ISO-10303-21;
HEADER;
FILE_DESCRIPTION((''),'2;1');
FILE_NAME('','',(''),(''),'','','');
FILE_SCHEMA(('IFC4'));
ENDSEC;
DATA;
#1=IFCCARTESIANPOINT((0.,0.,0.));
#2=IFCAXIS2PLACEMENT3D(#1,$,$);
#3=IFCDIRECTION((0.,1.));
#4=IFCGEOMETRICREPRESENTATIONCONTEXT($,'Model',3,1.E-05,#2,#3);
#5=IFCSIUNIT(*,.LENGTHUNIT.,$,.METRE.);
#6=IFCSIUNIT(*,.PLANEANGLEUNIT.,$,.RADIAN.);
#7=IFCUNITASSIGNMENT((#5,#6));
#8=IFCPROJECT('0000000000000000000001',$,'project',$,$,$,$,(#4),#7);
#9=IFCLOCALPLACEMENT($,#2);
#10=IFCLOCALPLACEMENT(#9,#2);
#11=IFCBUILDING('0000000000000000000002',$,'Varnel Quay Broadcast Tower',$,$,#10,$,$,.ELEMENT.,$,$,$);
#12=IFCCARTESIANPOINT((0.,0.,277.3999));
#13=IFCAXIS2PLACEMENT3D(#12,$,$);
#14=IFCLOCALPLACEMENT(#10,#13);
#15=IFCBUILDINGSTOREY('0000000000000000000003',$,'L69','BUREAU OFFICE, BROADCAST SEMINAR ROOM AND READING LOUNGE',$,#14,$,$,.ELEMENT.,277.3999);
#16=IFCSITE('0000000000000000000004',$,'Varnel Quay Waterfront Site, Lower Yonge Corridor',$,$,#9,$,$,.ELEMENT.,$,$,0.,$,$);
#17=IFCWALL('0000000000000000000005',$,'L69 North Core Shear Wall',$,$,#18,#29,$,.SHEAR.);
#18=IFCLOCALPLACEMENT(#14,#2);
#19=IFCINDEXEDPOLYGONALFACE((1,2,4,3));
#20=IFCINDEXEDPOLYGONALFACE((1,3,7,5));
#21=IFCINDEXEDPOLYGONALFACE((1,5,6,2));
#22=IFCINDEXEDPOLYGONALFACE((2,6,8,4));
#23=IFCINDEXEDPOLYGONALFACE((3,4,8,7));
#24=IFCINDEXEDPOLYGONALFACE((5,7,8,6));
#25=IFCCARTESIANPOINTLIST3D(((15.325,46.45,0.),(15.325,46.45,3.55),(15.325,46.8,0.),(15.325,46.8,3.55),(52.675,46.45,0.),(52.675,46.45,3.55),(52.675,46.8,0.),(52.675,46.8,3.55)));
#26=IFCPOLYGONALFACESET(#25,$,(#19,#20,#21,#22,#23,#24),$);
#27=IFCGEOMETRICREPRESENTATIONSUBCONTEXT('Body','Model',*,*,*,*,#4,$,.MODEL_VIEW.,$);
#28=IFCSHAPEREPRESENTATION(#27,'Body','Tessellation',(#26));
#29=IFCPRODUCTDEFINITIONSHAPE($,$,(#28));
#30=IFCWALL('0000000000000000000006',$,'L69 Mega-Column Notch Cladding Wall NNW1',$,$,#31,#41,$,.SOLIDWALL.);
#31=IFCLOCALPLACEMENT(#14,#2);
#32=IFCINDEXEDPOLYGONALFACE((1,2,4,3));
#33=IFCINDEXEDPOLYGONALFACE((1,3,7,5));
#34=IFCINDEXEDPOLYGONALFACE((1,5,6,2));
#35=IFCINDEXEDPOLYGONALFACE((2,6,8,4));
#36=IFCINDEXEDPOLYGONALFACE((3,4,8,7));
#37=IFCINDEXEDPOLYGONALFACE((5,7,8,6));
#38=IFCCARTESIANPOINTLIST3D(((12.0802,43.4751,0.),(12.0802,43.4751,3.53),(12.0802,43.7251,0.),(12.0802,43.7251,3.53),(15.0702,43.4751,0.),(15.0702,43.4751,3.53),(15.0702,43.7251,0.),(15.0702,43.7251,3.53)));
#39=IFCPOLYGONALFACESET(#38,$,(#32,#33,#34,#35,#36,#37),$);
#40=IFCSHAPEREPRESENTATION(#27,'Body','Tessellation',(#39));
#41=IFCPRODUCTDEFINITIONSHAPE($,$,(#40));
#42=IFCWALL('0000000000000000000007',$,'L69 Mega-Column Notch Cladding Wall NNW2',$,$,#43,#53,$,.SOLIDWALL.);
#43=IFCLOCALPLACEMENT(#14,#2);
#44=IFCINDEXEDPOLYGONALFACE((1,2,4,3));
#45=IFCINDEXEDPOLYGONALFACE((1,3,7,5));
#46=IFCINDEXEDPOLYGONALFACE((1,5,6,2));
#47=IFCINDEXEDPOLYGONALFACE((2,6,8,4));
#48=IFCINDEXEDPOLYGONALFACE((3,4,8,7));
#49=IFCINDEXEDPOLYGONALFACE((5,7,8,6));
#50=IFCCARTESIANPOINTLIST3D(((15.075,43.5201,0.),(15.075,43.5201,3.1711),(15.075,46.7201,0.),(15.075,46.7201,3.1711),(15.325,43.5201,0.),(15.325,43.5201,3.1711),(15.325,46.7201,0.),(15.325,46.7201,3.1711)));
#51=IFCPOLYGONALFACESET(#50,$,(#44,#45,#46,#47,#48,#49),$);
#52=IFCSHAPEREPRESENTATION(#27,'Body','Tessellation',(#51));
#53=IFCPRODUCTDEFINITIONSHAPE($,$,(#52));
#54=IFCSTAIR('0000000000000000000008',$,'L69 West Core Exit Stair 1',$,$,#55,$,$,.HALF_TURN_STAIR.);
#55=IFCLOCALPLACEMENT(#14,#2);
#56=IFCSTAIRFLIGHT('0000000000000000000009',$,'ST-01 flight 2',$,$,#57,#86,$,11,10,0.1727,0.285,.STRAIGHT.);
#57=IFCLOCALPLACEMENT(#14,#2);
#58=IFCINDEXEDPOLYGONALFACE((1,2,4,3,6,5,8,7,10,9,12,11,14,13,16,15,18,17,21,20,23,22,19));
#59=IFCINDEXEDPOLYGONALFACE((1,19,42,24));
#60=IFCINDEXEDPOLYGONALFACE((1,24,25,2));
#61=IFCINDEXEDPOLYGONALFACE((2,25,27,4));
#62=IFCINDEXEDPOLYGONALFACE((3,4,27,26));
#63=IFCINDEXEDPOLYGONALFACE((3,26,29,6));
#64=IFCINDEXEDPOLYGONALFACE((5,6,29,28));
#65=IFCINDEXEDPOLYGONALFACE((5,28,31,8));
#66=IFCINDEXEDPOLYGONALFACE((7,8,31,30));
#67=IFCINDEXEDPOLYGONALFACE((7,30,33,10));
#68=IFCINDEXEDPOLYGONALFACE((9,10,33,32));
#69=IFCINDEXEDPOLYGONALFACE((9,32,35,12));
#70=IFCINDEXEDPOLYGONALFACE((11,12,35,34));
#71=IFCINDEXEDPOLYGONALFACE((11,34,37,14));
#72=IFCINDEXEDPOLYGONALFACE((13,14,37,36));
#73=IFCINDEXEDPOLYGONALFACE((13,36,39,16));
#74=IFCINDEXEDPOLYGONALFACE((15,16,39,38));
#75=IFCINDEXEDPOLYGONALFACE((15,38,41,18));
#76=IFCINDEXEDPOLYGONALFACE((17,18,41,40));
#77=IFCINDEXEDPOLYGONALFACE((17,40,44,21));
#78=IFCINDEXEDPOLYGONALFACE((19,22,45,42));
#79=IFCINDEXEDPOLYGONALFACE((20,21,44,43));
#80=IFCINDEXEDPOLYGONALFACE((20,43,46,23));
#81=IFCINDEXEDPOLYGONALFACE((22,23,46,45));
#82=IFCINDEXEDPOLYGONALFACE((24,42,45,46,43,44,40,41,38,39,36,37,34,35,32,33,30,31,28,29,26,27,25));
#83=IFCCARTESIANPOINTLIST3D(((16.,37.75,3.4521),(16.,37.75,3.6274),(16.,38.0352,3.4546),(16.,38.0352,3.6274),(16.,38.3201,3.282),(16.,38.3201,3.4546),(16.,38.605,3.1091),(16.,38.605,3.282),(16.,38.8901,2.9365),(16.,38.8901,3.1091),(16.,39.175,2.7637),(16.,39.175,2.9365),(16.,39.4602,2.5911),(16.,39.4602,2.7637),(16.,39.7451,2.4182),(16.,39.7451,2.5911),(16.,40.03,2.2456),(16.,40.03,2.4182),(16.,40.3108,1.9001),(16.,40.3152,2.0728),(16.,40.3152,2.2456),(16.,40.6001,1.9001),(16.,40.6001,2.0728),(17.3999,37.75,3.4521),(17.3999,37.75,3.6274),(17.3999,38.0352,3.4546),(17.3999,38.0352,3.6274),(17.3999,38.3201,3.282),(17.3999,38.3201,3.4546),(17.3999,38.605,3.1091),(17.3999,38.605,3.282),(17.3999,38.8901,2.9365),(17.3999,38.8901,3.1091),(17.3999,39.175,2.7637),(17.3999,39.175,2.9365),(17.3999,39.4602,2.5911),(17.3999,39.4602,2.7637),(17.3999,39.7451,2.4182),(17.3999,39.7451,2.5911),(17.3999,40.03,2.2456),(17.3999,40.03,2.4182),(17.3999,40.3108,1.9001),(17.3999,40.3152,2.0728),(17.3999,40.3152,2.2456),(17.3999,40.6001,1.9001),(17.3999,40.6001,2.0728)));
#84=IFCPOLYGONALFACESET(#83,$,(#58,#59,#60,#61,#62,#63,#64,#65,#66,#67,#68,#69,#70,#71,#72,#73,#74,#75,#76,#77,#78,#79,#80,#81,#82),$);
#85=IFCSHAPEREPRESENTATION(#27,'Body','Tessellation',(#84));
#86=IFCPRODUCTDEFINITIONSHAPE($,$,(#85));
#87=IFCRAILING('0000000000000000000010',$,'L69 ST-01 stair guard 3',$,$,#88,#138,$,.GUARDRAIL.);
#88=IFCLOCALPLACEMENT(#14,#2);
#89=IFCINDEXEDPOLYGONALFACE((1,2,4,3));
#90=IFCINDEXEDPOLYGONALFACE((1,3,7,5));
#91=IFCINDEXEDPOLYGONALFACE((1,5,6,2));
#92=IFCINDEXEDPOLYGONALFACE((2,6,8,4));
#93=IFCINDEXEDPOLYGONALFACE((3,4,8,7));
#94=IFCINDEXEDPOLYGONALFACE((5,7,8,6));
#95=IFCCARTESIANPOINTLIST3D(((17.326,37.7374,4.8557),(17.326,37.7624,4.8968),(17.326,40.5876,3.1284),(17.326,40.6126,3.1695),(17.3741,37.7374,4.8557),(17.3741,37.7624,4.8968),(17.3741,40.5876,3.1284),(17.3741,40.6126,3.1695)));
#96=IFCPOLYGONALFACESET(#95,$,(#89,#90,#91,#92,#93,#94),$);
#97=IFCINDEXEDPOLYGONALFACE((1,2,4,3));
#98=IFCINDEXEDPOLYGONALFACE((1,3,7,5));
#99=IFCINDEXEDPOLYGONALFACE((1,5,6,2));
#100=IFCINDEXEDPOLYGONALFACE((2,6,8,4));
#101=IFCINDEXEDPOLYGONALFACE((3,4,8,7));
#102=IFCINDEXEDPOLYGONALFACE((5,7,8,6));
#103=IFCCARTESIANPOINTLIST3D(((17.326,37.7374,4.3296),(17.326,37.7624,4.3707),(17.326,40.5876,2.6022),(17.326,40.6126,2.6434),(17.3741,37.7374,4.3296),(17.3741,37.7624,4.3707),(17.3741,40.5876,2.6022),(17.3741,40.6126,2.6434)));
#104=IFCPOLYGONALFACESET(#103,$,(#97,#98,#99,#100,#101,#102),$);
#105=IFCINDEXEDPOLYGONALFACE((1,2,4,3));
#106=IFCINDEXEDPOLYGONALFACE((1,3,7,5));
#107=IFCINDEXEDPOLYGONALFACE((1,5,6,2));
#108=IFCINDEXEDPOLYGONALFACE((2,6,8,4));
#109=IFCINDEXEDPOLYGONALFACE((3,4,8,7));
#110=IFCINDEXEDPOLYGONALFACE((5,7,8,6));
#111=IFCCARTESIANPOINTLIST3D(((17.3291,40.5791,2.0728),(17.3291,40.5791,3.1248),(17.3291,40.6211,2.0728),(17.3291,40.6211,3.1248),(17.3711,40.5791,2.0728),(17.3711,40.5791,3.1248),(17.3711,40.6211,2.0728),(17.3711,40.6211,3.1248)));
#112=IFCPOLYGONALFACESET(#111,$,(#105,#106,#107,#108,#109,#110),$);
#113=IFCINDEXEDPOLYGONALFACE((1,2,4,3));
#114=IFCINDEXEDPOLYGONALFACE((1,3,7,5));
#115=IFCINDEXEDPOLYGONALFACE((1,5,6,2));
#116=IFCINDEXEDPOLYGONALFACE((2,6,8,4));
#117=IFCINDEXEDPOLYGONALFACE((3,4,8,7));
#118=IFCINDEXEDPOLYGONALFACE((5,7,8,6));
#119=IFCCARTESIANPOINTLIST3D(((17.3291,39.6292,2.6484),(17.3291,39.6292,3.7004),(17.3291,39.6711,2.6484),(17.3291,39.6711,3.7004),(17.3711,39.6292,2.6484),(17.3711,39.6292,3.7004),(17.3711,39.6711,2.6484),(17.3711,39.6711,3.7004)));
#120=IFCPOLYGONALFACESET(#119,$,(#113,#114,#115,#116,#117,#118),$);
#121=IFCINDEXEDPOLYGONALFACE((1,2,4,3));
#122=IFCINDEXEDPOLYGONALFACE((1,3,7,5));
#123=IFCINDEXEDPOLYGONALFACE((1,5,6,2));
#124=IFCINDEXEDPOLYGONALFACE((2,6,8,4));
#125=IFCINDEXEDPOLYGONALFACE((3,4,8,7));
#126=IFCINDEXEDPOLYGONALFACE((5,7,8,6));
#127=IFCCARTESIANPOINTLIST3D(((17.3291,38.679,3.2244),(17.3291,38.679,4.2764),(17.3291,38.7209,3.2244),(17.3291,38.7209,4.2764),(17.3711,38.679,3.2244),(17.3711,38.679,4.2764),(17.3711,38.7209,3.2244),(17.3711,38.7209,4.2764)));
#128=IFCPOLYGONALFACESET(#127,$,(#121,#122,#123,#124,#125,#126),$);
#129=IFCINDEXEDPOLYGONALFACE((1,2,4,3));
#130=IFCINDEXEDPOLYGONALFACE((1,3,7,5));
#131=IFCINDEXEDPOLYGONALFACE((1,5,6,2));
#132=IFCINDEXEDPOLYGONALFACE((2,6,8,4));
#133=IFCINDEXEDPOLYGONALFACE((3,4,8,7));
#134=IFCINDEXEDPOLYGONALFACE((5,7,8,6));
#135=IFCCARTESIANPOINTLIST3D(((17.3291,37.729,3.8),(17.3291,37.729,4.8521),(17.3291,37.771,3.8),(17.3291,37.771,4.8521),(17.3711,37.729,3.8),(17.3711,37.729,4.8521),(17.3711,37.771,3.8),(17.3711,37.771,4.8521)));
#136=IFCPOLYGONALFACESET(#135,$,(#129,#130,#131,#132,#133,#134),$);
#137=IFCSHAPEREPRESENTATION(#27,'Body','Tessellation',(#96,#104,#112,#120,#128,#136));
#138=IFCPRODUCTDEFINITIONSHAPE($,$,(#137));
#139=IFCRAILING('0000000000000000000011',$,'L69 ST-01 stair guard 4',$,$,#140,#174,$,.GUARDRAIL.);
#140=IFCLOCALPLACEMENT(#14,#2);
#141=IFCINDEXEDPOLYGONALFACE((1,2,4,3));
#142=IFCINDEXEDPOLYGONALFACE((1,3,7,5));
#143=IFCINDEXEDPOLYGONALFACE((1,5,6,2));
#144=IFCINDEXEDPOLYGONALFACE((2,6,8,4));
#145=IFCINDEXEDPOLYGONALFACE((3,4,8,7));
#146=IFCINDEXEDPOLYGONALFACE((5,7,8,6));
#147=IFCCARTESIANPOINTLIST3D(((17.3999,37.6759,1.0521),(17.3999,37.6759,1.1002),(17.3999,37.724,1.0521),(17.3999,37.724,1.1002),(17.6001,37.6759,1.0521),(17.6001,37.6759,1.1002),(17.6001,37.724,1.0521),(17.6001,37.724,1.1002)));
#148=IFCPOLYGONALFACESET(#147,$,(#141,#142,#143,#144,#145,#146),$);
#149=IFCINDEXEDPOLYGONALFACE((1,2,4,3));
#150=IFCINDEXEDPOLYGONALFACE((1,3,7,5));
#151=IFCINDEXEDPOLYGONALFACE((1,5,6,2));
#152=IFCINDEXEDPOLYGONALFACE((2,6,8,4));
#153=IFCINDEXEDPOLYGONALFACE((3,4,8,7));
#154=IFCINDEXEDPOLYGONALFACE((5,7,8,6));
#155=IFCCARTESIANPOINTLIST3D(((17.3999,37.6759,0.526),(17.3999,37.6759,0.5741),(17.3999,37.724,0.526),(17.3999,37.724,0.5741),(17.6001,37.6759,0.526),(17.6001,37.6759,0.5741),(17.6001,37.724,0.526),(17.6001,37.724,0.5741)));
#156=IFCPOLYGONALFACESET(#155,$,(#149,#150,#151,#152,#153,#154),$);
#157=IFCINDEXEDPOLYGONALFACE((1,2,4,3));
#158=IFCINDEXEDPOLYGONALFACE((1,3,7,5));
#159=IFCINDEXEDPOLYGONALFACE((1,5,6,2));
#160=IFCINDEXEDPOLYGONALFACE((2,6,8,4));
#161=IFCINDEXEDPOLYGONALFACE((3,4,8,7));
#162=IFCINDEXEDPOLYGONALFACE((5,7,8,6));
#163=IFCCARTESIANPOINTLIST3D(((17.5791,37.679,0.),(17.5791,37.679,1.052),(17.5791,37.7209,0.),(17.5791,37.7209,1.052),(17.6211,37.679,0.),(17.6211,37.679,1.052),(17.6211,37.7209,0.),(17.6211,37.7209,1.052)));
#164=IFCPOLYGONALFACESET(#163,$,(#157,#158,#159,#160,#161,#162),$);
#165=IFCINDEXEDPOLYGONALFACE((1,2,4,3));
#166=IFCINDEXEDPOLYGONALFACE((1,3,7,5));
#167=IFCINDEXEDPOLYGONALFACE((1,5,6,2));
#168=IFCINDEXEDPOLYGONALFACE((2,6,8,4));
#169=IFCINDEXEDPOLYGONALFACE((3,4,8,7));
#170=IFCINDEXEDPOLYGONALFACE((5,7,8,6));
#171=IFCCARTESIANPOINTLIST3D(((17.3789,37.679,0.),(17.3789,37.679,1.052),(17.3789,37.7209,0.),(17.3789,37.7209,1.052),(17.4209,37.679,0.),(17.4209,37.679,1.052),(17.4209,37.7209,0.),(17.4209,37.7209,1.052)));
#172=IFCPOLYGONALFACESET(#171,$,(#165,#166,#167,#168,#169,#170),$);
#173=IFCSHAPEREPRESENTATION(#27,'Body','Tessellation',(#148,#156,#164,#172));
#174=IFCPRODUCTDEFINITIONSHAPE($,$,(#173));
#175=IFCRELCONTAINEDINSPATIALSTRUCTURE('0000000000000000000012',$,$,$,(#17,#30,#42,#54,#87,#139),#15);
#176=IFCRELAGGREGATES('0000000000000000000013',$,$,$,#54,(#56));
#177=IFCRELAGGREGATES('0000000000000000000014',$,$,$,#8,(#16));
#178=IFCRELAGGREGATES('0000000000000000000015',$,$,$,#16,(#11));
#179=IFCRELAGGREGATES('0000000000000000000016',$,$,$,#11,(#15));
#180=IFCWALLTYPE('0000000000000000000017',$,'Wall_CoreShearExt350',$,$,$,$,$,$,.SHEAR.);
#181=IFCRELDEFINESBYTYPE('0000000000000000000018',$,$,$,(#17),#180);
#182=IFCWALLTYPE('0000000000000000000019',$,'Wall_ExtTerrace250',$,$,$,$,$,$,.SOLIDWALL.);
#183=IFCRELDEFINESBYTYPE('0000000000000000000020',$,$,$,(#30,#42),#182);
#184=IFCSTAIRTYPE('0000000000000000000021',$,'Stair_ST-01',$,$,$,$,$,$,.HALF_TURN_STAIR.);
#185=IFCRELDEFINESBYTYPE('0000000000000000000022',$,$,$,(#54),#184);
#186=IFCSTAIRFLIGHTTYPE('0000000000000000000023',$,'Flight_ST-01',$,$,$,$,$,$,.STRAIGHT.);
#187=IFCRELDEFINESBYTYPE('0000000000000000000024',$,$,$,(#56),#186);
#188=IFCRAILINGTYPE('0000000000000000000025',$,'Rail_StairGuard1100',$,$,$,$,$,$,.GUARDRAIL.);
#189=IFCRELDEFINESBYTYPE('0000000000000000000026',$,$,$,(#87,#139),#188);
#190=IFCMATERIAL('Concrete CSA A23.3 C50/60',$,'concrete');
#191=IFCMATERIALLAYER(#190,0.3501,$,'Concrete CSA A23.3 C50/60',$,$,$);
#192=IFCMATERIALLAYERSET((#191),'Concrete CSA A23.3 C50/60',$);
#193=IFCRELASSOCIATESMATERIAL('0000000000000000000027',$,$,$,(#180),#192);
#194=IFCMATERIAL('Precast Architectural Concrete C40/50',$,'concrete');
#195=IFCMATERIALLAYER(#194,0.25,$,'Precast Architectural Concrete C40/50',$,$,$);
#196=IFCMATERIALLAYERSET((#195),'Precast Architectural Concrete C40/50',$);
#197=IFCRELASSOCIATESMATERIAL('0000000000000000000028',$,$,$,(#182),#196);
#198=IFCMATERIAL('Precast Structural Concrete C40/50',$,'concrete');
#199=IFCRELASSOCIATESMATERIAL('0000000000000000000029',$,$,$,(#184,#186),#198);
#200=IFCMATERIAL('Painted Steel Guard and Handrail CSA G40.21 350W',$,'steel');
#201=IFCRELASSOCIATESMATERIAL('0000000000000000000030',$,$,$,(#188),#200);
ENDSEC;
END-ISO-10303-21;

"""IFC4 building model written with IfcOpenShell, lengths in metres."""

from ifc_helpers import new_model, si_unit, direction, frame, frame_2d, origin, origin_2d, place, context, subcontext, project, spatial, polyline, rectangle, outline, extrude, material, layer, layer_set, type_object, element, aggregate, save


model = new_model("IFC4")

# Units and contexts
model_context = context("Model", 3, precision=1e-05, world=origin(), true_north=direction((0.0, 1.0)))
body_context = subcontext(model_context, "Body", "Model", "MODEL_VIEW")
ifc_project = project(units=[si_unit("LENGTHUNIT", "METRE"), si_unit("PLANEANGLEUNIT", "RADIAN")], contexts=[model_context])

# Site, building, storey
site_placement = place(None, origin())
site = spatial("IfcSite", under=ifc_project, at=site_placement, Name="Varnel Quay Waterfront Site, Lower Yonge Corridor", CompositionType="ELEMENT", RefElevation=0.0)
building_placement = place(site_placement, origin())
building = spatial("IfcBuilding", under=site, at=building_placement, Name="Varnel Quay Broadcast Tower", CompositionType="ELEMENT")
storey_placement = place(building_placement, frame((0.0, 0.0, 277.3999)))
storey = spatial("IfcBuildingStorey", under=building, at=storey_placement, Name="L69", Description="BUREAU OFFICE, BROADCAST SEMINAR ROOM AND READING LOUNGE", CompositionType="ELEMENT", Elevation=277.3999)

# Walls
ifc_material_1 = material(Name="Concrete CSA A23.3 C50/60", Category="concrete")
ifc_layer_1 = layer(ifc_material_1, 0.3501, Name="Concrete CSA A23.3 C50/60")
ifc_layer_set_1 = layer_set([ifc_layer_1], Name="Concrete CSA A23.3 C50/60")
wall_type_1 = type_object("IfcWallType", Name="Wall_CoreShearExt350", PredefinedType="SHEAR", material=ifc_layer_set_1)
wall_1_placement = place(storey_placement, frame((15.325, 46.625, 0.0), z_axis=(0.0, 0.0, 1.0), x_axis=(1.0, 0.0, 0.0)))
element("IfcWall", 1, at=wall_1_placement, inside=storey, type_object=wall_type_1, Name="L69 North Core Shear Wall", PredefinedType="SHEAR", context=body_context, shape_type="SweptSolid", body=[
    extrude(rectangle(XDim=37.3501, YDim=0.3501, at=frame_2d((18.675, 0.0))), origin(), (0.0, 0.0, 1.0), 3.55),
])
ifc_material_2 = material(Name="Precast Architectural Concrete C40/50", Category="concrete")
ifc_layer_2 = layer(ifc_material_2, 0.25, Name="Precast Architectural Concrete C40/50")
ifc_layer_set_2 = layer_set([ifc_layer_2], Name="Precast Architectural Concrete C40/50")
wall_type_2 = type_object("IfcWallType", Name="Wall_ExtTerrace250", PredefinedType="SOLIDWALL", material=ifc_layer_set_2)
wall_2_placement = place(storey_placement, frame((12.0801, 43.6001, 0.0), z_axis=(0.0, 0.0, 1.0), x_axis=(1.0, 0.0, 0.0)))
element("IfcWall", 2, at=wall_2_placement, inside=storey, type_object=wall_type_2, Name="L69 Mega-Column Notch Cladding Wall NNW1", PredefinedType="SOLIDWALL", context=body_context, shape_type="SweptSolid", body=[
    extrude(rectangle(XDim=2.99, YDim=0.25, at=frame_2d((1.4951, 0.0))), origin(), (0.0, 0.0, 1.0), 3.53),
])
wall_3_placement = place(storey_placement, frame((15.2, 43.52, 0.0), z_axis=(0.0, 0.0, 1.0), x_axis=(0.0, 1.0, 0.0)))
element("IfcWall", 3, at=wall_3_placement, inside=storey, type_object=wall_type_2, Name="L69 Mega-Column Notch Cladding Wall NNW2", PredefinedType="SOLIDWALL", context=body_context, shape_type="SweptSolid", body=[
    extrude(rectangle(XDim=3.2, YDim=0.25, at=frame_2d((1.6001, 0.0))), origin(), (0.0, 0.0, 1.0), 3.1711),
])

# Stair, stair flight
ifc_material_3 = material(Name="Precast Structural Concrete C40/50", Category="concrete")
stair_type = type_object("IfcStairType", Name="Stair_ST-01", PredefinedType="HALF_TURN_STAIR", material=ifc_material_3)
stair_placement = place(storey_placement, origin())
stair = element("IfcStair", 4, at=stair_placement, inside=storey, type_object=stair_type, Name="L69 West Core Exit Stair 1", PredefinedType="HALF_TURN_STAIR")
stair_flight_type = type_object("IfcStairFlightType", Name="Flight_ST-01", PredefinedType="STRAIGHT", material=ifc_material_3)
stair_flight_placement = place(storey_placement, frame((16.7, 40.6001, 1.9001), z_axis=(0.0, 0.0, 1.0), x_axis=(0.0, -1.0, 0.0)))
stair_flight = element("IfcStairFlight", 5, at=stair_flight_placement, type_object=stair_flight_type, Name="ST-01 flight 2", NumberOfRisers=11, NumberOfTreads=10, PredefinedType="STRAIGHT", RiserHeight=0.1727, TreadLength=0.285, context=body_context, shape_type="SweptSolid", body=[
    extrude(outline(polyline([(0.0, 0.0), (0.0, 0.1726), (0.2849, 0.1726), (0.2849, 0.3455), (0.5701, 0.3455), (0.5701, 0.5181), (0.855, 0.5181), (0.855, 0.6909), (1.1399, 0.6909), (1.1399, 0.8635), (1.425, 0.8635), (1.425, 1.0364), (1.71, 1.0364), (1.71, 1.209), (1.9951, 1.209), (1.9951, 1.3818), (2.28, 1.3818), (2.28, 1.5544), (2.5649, 1.5544), (2.5649, 1.7273), (2.8501, 1.7273), (2.8501, 1.8999), (2.8501, 1.552), (0.2893, 0.0), (0.0, 0.0)])), frame((0.0, 0.7, 0.0), z_axis=(0.0, -1.0, 0.0), x_axis=(1.0, 0.0, 0.0)), (0.0, 0.0, 1.0), 1.3999),
])
aggregate(stair, [stair_flight])

# Railings
ifc_material_4 = material(Name="Painted Steel Guard and Handrail CSA G40.21 350W", Category="steel")
railing_type_1 = type_object("IfcRailingType", Name="Rail_StairGuard1100", PredefinedType="GUARDRAIL", material=ifc_material_4)
railing_1_placement = place(storey_placement, frame((17.3501, 40.6001, 2.0728)))
element("IfcRailing", 6, at=railing_1_placement, inside=storey, type_object=railing_type_1, Name="L69 ST-01 stair guard 3", PredefinedType="GUARDRAIL", context=body_context, shape_type="SweptSolid", body=[
    extrude(rectangle(XDim=0.0481, YDim=0.0481, at=origin_2d()), frame((0.0, 0.0, 1.0762), z_axis=(0.0, -0.855203, 0.518294), x_axis=(1.0, 0.0, 0.0)), (0.0, 0.0, 1.0), 3.3328),
    extrude(rectangle(XDim=0.0481, YDim=0.0481, at=origin_2d()), frame((0.0, 0.0, 0.55), z_axis=(0.0, -0.855203, 0.518294), x_axis=(1.0, 0.0, 0.0)), (0.0, 0.0, 1.0), 3.3328),
    extrude(rectangle(XDim=0.042, YDim=0.042, at=origin_2d()), origin(), (0.0, 0.0, 1.0), 1.052),
    extrude(rectangle(XDim=0.042, YDim=0.042, at=origin_2d()), frame((0.0, -0.95, 0.5757)), (0.0, 0.0, 1.0), 1.052),
    extrude(rectangle(XDim=0.042, YDim=0.042, at=origin_2d()), frame((0.0, -1.9001, 1.1516)), (0.0, 0.0, 1.0), 1.052),
    extrude(rectangle(XDim=0.042, YDim=0.042, at=origin_2d()), frame((0.0, -2.8501, 1.7273)), (0.0, 0.0, 1.0), 1.052),
])
railing_2_placement = place(storey_placement, frame((17.6001, 37.7, 0.0)))
element("IfcRailing", 7, at=railing_2_placement, inside=storey, type_object=railing_type_1, Name="L69 ST-01 stair guard 4", PredefinedType="GUARDRAIL", context=body_context, shape_type="SweptSolid", body=[
    extrude(rectangle(XDim=0.0481, YDim=0.0481, at=origin_2d()), frame((0.0, 0.0, 1.0762), z_axis=(-1.0, 0.0, 0.0), x_axis=(0.0, -1.0, 0.0)), (0.0, 0.0, 1.0), 0.2002),
    extrude(rectangle(XDim=0.0481, YDim=0.0481, at=origin_2d()), frame((0.0, 0.0, 0.55), z_axis=(-1.0, 0.0, 0.0), x_axis=(0.0, -1.0, 0.0)), (0.0, 0.0, 1.0), 0.2002),
    extrude(rectangle(XDim=0.042, YDim=0.042, at=origin_2d()), origin(), (0.0, 0.0, 1.0), 1.052),
    extrude(rectangle(XDim=0.042, YDim=0.042, at=origin_2d()), frame((-0.2002, 0.0, 0.0)), (0.0, 0.0, 1.0), 1.052),
])

save(model, "model.ifc")
